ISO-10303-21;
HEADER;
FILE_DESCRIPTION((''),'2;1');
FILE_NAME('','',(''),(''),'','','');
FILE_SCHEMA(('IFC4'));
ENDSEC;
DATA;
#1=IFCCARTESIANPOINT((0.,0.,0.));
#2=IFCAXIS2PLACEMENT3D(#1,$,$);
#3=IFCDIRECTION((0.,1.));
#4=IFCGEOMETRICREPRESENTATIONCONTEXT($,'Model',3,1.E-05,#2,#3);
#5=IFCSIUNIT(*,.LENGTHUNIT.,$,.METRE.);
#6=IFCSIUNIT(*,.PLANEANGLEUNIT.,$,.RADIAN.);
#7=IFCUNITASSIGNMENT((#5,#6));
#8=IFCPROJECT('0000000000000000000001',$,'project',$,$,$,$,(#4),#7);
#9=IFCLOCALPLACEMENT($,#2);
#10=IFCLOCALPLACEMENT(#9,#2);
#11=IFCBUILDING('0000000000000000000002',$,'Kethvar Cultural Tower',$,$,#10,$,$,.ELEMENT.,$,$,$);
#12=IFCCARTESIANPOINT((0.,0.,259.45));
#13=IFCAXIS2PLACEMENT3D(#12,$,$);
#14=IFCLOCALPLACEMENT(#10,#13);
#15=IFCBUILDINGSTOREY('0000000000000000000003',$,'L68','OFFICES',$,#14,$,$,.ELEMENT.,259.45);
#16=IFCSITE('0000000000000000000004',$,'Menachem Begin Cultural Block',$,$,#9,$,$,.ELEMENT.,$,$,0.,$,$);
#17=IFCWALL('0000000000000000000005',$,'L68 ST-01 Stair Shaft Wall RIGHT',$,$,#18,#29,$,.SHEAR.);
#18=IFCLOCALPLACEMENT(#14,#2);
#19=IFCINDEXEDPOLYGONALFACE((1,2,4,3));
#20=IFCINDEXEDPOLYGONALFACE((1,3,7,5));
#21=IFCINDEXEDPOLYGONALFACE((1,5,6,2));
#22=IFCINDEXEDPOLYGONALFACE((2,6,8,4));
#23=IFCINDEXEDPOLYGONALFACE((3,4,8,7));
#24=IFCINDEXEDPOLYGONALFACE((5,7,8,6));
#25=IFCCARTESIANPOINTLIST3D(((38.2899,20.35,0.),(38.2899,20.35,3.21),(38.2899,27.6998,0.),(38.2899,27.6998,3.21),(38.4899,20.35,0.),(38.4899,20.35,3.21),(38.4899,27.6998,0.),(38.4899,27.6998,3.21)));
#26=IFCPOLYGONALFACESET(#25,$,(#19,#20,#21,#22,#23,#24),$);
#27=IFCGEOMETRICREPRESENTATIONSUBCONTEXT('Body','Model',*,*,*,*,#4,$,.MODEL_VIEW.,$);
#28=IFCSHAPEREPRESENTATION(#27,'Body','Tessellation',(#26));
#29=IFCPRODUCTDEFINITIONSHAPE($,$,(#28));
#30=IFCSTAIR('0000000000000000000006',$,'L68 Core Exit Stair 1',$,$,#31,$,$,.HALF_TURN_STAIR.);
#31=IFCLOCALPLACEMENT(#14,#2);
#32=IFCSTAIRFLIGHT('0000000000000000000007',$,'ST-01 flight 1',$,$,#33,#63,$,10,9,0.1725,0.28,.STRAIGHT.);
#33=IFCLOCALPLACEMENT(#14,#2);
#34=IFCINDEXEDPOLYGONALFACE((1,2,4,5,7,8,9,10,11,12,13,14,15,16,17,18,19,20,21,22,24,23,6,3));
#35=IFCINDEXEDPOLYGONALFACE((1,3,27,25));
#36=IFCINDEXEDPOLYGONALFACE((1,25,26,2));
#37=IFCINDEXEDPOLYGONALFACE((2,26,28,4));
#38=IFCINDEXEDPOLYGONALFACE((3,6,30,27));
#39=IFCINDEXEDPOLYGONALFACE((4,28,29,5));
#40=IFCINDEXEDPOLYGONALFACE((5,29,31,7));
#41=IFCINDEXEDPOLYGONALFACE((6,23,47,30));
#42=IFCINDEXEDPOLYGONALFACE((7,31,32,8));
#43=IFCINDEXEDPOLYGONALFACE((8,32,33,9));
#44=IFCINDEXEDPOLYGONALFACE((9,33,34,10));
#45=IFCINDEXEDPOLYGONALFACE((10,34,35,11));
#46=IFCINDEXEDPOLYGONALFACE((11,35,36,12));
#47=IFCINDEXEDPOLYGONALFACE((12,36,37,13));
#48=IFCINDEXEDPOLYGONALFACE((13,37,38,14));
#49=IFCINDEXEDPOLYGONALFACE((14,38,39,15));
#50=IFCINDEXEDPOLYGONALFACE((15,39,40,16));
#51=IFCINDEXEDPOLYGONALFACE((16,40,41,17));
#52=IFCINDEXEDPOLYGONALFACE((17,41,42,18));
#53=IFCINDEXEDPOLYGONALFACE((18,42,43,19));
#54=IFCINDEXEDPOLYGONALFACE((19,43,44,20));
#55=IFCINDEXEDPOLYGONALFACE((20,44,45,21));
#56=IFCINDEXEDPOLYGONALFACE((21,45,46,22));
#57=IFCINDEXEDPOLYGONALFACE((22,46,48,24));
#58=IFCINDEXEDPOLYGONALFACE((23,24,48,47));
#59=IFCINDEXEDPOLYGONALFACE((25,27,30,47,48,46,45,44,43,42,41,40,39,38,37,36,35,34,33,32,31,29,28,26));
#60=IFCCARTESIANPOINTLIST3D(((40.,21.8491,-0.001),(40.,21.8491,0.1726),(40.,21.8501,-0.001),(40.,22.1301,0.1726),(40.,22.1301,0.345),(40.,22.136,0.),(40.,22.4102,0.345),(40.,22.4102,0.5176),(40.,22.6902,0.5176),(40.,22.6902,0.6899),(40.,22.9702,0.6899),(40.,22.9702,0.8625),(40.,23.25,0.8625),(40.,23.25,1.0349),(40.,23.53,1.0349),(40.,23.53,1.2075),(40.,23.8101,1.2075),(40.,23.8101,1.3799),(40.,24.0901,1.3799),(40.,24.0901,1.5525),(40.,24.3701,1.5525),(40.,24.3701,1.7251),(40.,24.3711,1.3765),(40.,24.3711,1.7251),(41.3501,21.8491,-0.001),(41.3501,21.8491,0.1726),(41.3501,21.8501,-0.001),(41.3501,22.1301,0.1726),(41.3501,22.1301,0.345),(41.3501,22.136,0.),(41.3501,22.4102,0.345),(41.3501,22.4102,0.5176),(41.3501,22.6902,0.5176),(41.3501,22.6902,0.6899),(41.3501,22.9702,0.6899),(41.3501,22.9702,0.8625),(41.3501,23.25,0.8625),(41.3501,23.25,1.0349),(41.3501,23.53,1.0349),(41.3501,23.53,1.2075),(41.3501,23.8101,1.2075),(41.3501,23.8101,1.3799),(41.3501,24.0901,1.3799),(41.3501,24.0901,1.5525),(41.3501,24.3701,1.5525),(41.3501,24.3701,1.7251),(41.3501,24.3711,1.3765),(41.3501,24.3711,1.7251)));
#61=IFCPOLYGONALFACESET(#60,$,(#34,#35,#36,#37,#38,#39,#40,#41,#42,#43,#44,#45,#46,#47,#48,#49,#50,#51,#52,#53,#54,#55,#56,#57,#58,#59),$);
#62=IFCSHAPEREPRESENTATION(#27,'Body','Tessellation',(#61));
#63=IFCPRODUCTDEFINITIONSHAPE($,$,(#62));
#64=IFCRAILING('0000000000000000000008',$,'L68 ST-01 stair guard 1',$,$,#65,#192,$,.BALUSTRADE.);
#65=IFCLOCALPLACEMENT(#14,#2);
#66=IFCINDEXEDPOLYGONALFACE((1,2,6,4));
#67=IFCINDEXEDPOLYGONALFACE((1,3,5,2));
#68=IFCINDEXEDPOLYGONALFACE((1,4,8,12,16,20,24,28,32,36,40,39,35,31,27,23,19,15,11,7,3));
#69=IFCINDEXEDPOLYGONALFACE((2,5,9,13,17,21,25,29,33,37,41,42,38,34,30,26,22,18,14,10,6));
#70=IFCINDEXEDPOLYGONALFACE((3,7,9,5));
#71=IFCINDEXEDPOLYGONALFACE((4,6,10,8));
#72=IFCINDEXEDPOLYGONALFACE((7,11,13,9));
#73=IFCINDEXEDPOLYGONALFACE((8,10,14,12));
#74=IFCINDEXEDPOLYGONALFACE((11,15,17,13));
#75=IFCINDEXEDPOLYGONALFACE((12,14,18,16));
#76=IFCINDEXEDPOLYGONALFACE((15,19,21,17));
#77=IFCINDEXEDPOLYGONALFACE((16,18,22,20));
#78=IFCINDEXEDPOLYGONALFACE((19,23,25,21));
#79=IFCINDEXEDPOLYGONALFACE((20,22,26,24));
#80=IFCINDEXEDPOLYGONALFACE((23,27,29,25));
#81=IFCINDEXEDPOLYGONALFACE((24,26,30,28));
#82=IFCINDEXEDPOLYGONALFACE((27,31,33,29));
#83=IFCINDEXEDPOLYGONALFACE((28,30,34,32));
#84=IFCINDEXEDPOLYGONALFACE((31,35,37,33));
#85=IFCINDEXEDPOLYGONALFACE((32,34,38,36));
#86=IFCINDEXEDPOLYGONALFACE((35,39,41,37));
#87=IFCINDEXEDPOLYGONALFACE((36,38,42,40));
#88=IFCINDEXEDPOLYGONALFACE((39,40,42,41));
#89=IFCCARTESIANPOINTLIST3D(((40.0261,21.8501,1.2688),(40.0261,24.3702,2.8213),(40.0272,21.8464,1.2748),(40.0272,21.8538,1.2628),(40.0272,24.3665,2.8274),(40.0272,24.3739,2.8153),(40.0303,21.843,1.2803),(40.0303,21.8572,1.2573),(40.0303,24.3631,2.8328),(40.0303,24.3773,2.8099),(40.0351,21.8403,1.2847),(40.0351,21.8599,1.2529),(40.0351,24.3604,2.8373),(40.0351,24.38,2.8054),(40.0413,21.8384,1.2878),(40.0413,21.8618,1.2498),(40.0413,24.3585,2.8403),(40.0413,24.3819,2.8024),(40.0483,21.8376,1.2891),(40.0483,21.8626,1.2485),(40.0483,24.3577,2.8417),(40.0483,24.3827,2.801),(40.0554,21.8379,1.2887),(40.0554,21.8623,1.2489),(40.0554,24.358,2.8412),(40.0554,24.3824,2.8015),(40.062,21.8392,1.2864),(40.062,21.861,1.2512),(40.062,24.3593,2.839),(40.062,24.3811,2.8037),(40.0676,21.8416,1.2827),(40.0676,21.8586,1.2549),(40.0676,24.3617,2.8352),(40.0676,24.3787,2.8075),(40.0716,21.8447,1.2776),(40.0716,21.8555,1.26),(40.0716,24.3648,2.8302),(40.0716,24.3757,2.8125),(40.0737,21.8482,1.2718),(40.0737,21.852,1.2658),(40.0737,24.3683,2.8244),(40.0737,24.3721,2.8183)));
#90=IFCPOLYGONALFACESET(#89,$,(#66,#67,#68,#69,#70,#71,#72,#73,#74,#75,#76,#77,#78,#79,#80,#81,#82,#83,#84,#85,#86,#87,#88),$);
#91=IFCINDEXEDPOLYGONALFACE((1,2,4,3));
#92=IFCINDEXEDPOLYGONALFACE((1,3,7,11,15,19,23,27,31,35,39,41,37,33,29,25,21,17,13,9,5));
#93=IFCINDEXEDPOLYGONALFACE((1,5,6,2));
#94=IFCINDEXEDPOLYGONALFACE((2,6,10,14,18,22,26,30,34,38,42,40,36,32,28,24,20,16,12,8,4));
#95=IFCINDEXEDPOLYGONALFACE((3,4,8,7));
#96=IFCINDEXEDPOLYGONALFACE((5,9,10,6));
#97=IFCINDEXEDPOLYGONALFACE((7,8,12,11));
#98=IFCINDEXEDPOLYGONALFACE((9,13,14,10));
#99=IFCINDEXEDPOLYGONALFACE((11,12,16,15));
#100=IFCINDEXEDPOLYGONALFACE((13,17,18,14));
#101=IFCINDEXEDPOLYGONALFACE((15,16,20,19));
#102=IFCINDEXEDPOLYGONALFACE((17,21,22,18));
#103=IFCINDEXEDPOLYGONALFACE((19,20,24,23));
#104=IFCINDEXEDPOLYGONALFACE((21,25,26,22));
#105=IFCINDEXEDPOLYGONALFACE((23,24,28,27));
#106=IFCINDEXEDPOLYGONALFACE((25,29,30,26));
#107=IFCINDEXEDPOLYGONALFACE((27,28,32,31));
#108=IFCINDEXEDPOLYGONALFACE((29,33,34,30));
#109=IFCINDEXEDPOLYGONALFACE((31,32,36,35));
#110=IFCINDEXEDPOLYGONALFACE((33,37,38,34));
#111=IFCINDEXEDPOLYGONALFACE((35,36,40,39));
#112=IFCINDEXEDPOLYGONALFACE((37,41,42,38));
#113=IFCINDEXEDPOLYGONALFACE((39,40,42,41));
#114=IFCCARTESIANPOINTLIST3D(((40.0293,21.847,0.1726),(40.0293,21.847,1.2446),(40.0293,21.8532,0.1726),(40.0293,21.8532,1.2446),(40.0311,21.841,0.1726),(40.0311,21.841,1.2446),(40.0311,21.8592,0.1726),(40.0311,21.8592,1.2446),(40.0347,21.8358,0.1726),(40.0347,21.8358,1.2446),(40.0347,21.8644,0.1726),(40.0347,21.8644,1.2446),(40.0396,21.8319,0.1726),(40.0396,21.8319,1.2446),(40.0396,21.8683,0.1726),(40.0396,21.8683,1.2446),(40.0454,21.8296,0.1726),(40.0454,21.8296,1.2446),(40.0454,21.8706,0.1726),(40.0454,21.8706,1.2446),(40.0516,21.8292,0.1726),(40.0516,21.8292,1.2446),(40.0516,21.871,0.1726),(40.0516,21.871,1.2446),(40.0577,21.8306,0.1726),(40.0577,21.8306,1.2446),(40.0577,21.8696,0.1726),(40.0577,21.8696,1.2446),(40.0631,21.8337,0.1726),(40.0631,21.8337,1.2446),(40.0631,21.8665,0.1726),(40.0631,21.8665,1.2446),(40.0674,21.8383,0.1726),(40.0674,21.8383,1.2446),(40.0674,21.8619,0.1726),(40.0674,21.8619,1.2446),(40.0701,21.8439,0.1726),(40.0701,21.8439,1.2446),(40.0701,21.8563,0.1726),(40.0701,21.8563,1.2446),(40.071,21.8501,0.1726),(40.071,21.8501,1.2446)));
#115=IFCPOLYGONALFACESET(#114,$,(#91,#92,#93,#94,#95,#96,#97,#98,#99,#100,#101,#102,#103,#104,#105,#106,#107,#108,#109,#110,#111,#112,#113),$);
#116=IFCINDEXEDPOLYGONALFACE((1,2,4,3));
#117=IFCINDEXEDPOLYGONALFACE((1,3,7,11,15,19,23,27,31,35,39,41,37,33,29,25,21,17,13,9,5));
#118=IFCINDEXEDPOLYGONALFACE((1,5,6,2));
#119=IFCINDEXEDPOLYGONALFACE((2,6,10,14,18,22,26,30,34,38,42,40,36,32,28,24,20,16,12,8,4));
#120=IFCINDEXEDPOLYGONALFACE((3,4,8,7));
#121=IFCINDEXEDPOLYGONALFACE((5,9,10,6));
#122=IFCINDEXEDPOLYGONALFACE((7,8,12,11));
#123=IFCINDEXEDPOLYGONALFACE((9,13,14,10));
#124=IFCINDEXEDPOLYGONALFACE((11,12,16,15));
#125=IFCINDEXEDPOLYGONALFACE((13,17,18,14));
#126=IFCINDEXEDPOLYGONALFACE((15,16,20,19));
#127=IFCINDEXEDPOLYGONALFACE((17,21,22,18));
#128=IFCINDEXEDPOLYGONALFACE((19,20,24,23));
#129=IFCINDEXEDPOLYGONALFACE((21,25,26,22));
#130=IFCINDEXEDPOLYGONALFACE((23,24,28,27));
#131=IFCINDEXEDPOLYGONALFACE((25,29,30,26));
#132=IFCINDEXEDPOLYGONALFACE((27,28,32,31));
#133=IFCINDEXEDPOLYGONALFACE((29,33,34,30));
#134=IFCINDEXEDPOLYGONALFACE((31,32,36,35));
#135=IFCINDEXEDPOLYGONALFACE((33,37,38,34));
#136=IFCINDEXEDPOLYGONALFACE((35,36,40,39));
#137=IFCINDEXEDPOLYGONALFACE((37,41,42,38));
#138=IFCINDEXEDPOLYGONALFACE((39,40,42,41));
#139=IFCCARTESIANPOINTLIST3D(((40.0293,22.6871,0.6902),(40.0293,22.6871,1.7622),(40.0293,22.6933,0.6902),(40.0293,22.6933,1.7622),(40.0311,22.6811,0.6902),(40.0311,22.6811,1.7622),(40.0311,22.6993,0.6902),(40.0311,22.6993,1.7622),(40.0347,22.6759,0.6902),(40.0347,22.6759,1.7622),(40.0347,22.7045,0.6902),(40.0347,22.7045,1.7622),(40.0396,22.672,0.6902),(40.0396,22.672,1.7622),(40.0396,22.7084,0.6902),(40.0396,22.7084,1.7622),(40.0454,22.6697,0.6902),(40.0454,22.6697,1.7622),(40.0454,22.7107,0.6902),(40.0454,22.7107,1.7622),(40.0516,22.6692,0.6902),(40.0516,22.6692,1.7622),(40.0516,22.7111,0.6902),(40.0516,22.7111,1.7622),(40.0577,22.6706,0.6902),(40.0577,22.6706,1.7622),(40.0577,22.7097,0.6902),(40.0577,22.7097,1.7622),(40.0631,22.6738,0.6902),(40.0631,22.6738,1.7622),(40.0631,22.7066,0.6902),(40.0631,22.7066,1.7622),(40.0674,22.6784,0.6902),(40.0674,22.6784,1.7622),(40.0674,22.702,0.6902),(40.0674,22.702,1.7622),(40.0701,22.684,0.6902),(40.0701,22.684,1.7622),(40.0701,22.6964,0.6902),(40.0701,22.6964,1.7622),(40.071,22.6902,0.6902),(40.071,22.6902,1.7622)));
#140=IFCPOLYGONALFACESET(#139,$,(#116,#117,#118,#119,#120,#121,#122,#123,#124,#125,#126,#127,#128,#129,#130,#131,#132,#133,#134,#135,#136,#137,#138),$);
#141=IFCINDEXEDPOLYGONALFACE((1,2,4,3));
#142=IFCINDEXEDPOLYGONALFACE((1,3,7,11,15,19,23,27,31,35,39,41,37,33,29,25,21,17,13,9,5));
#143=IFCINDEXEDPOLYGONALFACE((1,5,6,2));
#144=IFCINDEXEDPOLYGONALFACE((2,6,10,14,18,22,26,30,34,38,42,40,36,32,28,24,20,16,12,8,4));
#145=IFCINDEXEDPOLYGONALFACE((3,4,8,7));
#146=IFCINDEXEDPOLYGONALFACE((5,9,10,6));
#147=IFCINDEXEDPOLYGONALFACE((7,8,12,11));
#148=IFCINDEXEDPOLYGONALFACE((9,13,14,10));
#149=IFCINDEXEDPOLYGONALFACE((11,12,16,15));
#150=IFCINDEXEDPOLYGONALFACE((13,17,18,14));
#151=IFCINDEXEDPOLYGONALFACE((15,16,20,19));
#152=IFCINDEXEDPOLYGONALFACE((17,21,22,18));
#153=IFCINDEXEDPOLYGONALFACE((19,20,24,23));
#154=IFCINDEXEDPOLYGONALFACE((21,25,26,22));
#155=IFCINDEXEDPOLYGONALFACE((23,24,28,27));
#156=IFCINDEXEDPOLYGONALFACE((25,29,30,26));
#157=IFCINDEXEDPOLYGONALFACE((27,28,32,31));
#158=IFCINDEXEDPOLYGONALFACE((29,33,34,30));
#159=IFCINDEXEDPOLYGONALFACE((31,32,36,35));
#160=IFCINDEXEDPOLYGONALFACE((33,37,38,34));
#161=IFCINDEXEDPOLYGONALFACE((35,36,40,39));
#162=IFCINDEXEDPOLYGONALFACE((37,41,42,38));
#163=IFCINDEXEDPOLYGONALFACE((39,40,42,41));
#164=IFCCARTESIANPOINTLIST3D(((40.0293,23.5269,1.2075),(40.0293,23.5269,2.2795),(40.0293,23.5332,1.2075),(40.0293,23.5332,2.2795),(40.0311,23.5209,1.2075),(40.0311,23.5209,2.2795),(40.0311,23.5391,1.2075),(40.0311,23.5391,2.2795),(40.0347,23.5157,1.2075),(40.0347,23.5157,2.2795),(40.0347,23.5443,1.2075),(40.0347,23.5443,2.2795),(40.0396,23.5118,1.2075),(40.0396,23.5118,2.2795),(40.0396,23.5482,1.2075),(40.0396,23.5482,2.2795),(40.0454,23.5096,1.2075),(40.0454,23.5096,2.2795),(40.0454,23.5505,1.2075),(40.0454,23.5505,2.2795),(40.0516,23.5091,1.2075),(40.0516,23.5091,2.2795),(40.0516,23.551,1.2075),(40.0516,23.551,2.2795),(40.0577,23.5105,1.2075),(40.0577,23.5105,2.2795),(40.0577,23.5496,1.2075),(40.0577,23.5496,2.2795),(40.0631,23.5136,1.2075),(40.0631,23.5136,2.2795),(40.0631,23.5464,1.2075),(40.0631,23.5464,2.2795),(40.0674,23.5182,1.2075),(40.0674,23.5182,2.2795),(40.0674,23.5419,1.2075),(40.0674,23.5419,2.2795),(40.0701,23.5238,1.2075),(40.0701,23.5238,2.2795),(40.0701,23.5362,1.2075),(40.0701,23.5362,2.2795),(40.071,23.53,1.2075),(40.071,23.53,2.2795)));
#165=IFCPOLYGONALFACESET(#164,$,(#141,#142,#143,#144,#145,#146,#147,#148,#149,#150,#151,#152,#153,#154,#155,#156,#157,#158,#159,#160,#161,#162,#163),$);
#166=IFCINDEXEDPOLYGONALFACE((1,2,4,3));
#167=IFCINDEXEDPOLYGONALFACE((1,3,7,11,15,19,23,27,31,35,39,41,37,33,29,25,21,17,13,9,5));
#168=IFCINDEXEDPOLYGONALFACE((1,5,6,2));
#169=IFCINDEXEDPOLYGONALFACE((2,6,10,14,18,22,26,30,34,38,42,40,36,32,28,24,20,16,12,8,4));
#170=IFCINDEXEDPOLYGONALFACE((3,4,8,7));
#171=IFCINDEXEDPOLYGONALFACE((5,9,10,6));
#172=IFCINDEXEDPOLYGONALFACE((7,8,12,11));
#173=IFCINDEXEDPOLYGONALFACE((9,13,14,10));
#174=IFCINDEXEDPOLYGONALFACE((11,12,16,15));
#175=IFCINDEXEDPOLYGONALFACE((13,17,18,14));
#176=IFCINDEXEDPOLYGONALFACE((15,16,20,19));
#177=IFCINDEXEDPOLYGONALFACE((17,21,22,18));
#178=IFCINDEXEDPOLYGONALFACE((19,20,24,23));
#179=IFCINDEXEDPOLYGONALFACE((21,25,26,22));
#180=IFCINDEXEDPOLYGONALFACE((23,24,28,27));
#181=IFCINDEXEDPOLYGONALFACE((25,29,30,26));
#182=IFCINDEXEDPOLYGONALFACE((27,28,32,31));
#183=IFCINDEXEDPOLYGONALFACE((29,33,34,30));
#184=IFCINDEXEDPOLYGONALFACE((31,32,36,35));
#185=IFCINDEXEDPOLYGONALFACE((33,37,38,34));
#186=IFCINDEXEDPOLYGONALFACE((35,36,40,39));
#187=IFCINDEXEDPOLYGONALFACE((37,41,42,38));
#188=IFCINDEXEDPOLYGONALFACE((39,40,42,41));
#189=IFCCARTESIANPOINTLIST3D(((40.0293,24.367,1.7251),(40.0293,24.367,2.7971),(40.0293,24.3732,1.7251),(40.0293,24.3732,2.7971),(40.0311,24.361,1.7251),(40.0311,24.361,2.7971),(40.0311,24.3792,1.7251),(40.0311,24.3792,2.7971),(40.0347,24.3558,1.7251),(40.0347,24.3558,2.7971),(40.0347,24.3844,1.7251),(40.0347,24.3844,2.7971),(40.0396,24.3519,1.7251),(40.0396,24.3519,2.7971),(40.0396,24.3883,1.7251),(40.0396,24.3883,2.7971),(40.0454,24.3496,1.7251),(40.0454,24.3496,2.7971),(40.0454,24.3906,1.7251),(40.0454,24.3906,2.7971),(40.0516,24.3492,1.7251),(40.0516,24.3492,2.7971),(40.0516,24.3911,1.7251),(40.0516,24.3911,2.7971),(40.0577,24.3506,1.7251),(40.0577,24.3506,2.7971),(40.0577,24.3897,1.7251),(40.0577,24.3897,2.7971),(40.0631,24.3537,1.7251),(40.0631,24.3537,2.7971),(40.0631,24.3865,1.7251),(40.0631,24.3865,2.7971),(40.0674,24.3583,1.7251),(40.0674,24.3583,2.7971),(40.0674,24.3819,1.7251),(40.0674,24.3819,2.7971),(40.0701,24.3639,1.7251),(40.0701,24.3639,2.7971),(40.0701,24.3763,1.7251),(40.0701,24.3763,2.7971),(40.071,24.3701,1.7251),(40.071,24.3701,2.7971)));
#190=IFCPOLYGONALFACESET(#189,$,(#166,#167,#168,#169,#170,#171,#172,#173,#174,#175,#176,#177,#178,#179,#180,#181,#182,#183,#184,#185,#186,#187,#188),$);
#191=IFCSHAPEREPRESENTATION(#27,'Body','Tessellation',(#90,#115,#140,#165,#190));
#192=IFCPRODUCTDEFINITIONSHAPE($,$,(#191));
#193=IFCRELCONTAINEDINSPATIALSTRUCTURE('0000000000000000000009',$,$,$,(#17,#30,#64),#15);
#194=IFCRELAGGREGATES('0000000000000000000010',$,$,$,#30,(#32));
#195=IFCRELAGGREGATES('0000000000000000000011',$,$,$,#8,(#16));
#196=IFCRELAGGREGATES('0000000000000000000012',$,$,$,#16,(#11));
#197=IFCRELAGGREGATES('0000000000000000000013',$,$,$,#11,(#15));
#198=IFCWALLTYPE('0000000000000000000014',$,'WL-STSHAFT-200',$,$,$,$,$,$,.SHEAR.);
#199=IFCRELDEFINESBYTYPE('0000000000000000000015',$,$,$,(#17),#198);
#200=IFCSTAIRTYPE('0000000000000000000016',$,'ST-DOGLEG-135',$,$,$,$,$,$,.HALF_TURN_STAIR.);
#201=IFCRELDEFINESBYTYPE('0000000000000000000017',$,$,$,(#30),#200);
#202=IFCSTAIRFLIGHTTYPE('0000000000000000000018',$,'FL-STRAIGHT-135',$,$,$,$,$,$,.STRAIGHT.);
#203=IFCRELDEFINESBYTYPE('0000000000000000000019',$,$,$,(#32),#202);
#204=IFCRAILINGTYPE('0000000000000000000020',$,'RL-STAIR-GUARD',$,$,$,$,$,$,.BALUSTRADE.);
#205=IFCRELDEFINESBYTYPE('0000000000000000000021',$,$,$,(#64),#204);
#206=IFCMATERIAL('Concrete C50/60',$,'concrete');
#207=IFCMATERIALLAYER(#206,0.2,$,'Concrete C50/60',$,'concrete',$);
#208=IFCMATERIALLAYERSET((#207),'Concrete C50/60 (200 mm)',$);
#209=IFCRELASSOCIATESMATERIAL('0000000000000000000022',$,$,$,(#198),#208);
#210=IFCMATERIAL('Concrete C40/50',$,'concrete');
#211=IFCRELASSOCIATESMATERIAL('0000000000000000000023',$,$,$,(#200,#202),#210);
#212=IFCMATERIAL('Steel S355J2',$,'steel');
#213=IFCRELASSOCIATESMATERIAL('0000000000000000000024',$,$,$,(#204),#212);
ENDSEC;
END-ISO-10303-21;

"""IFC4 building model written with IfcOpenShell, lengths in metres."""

from ifc_helpers import new_model, si_unit, direction, frame, frame_2d, origin, origin_2d, place, context, subcontext, project, spatial, polyline, rectangle, circle, outline, extrude, material, layer, layer_set, type_object, element, aggregate, save


model = new_model("IFC4")

# Units and contexts
model_context = context("Model", 3, precision=1e-05, world=origin(), true_north=direction((0.0, 1.0)))
body_context = subcontext(model_context, "Body", "Model", "MODEL_VIEW")
ifc_project = project(units=[si_unit("LENGTHUNIT", "METRE"), si_unit("PLANEANGLEUNIT", "RADIAN")], contexts=[model_context])

# Site, building, storey
site_placement = place(None, origin())
site = spatial("IfcSite", under=ifc_project, at=site_placement, Name="Menachem Begin Cultural Block", CompositionType="ELEMENT", RefElevation=0.0)
building_placement = place(site_placement, origin())
building = spatial("IfcBuilding", under=site, at=building_placement, Name="Kethvar Cultural Tower", CompositionType="ELEMENT")
storey_placement = place(building_placement, frame((0.0, 0.0, 259.45)))
storey = spatial("IfcBuildingStorey", under=building, at=storey_placement, Name="L68", Description="OFFICES", CompositionType="ELEMENT", Elevation=259.45)

# Shared definitions
ifc_material_1 = material(Name="Steel S355J2", Category="steel")

# Shared definitions
ifc_material_2 = material(Name="Concrete C50/60", Category="concrete")

# Wall
ifc_layer_1 = layer(ifc_material_2, 0.2, Name="Concrete C50/60", Category="concrete")
ifc_layer_set_1 = layer_set([ifc_layer_1], Name="Concrete C50/60 (200 mm)")
wall_type_1 = type_object("IfcWallType", Name="WL-STSHAFT-200", PredefinedType="SHEAR", material=ifc_layer_set_1)
wall_1_placement = place(storey_placement, frame((38.3899, 20.3501, 0.0), z_axis=(0.0, 0.0, 1.0), x_axis=(0.0, 1.0, 0.0)))
element("IfcWall", 1, at=wall_1_placement, inside=storey, type_object=wall_type_1, Name="L68 ST-01 Stair Shaft Wall RIGHT", PredefinedType="SHEAR", context=body_context, shape_type="SweptSolid", body=[
    extrude(rectangle(XDim=7.3499, YDim=0.2, at=frame_2d((3.6748, 0.0))), origin(), (0.0, 0.0, 1.0), 3.21),
])

# Stair, stair flight
ifc_material_3 = material(Name="Concrete C40/50", Category="concrete")
stair_type = type_object("IfcStairType", Name="ST-DOGLEG-135", PredefinedType="HALF_TURN_STAIR", material=ifc_material_3)
stair_placement = place(storey_placement, origin())
stair = element("IfcStair", 2, at=stair_placement, inside=storey, type_object=stair_type, Name="L68 Core Exit Stair 1", PredefinedType="HALF_TURN_STAIR")
stair_flight_type = type_object("IfcStairFlightType", Name="FL-STRAIGHT-135", PredefinedType="STRAIGHT", material=ifc_material_3)
stair_flight_placement = place(storey_placement, frame((40.675, 21.8501, 0.0), z_axis=(0.0, 0.0, 1.0), x_axis=(0.0, 1.0, 0.0)))
stair_flight = element("IfcStairFlight", 3, at=stair_flight_placement, type_object=stair_flight_type, Name="ST-01 flight 1", NumberOfRisers=10, NumberOfTreads=9, PredefinedType="STRAIGHT", RiserHeight=0.1725, TreadLength=0.28, context=body_context, shape_type="SweptSolid", body=[
    extrude(outline(polyline([(-0.001, -0.001), (-0.001, 0.1726), (0.28, 0.1726), (0.28, 0.345), (0.5601, 0.345), (0.5601, 0.5176), (0.8401, 0.5176), (0.8401, 0.6899), (1.1201, 0.6899), (1.1201, 0.8625), (1.3999, 0.8625), (1.3999, 1.0349), (1.6799, 1.0349), (1.6799, 1.2075), (1.96, 1.2075), (1.96, 1.3799), (2.24, 1.3799), (2.24, 1.5525), (2.52, 1.5525), (2.52, 1.7251), (2.521, 1.7251), (2.521, 1.3765), (0.2859, 0.0), (0.0, -0.001), (-0.001, -0.001)])), frame((0.0, 0.675, 0.0), z_axis=(0.0, -1.0, 0.0), x_axis=(1.0, 0.0, 0.0)), (0.0, 0.0, 1.0), 1.3501),
])
aggregate(stair, [stair_flight])

# Railing
railing_type_1 = type_object("IfcRailingType", Name="RL-STAIR-GUARD", PredefinedType="BALUSTRADE", material=ifc_material_1)
railing_1_placement = place(storey_placement, frame((40.05, 21.8501, 0.1726)))
element("IfcRailing", 4, at=railing_1_placement, inside=storey, type_object=railing_type_1, Name="L68 ST-01 stair guard 1", PredefinedType="BALUSTRADE", context=body_context, shape_type="SweptSolid", body=[
    extrude(circle(Radius=0.0239, at=origin_2d()), frame((0.0, 0.0, 1.0962), z_axis=(0.0, 0.8514, 0.524516), x_axis=(-1.0, 0.0, 0.0)), (0.0, 0.0, 1.0), 2.96),
    extrude(circle(Radius=0.021, at=origin_2d()), origin(), (0.0, 0.0, 1.0), 1.072),
    extrude(circle(Radius=0.021, at=origin_2d()), frame((0.0, 0.8401, 0.5176)), (0.0, 0.0, 1.0), 1.072),
    extrude(circle(Radius=0.021, at=origin_2d()), frame((0.0, 1.6799, 1.0349)), (0.0, 0.0, 1.0), 1.072),
    extrude(circle(Radius=0.021, at=origin_2d()), frame((0.0, 2.52, 1.5525)), (0.0, 0.0, 1.0), 1.072),
])

save(model, "model.ifc")
